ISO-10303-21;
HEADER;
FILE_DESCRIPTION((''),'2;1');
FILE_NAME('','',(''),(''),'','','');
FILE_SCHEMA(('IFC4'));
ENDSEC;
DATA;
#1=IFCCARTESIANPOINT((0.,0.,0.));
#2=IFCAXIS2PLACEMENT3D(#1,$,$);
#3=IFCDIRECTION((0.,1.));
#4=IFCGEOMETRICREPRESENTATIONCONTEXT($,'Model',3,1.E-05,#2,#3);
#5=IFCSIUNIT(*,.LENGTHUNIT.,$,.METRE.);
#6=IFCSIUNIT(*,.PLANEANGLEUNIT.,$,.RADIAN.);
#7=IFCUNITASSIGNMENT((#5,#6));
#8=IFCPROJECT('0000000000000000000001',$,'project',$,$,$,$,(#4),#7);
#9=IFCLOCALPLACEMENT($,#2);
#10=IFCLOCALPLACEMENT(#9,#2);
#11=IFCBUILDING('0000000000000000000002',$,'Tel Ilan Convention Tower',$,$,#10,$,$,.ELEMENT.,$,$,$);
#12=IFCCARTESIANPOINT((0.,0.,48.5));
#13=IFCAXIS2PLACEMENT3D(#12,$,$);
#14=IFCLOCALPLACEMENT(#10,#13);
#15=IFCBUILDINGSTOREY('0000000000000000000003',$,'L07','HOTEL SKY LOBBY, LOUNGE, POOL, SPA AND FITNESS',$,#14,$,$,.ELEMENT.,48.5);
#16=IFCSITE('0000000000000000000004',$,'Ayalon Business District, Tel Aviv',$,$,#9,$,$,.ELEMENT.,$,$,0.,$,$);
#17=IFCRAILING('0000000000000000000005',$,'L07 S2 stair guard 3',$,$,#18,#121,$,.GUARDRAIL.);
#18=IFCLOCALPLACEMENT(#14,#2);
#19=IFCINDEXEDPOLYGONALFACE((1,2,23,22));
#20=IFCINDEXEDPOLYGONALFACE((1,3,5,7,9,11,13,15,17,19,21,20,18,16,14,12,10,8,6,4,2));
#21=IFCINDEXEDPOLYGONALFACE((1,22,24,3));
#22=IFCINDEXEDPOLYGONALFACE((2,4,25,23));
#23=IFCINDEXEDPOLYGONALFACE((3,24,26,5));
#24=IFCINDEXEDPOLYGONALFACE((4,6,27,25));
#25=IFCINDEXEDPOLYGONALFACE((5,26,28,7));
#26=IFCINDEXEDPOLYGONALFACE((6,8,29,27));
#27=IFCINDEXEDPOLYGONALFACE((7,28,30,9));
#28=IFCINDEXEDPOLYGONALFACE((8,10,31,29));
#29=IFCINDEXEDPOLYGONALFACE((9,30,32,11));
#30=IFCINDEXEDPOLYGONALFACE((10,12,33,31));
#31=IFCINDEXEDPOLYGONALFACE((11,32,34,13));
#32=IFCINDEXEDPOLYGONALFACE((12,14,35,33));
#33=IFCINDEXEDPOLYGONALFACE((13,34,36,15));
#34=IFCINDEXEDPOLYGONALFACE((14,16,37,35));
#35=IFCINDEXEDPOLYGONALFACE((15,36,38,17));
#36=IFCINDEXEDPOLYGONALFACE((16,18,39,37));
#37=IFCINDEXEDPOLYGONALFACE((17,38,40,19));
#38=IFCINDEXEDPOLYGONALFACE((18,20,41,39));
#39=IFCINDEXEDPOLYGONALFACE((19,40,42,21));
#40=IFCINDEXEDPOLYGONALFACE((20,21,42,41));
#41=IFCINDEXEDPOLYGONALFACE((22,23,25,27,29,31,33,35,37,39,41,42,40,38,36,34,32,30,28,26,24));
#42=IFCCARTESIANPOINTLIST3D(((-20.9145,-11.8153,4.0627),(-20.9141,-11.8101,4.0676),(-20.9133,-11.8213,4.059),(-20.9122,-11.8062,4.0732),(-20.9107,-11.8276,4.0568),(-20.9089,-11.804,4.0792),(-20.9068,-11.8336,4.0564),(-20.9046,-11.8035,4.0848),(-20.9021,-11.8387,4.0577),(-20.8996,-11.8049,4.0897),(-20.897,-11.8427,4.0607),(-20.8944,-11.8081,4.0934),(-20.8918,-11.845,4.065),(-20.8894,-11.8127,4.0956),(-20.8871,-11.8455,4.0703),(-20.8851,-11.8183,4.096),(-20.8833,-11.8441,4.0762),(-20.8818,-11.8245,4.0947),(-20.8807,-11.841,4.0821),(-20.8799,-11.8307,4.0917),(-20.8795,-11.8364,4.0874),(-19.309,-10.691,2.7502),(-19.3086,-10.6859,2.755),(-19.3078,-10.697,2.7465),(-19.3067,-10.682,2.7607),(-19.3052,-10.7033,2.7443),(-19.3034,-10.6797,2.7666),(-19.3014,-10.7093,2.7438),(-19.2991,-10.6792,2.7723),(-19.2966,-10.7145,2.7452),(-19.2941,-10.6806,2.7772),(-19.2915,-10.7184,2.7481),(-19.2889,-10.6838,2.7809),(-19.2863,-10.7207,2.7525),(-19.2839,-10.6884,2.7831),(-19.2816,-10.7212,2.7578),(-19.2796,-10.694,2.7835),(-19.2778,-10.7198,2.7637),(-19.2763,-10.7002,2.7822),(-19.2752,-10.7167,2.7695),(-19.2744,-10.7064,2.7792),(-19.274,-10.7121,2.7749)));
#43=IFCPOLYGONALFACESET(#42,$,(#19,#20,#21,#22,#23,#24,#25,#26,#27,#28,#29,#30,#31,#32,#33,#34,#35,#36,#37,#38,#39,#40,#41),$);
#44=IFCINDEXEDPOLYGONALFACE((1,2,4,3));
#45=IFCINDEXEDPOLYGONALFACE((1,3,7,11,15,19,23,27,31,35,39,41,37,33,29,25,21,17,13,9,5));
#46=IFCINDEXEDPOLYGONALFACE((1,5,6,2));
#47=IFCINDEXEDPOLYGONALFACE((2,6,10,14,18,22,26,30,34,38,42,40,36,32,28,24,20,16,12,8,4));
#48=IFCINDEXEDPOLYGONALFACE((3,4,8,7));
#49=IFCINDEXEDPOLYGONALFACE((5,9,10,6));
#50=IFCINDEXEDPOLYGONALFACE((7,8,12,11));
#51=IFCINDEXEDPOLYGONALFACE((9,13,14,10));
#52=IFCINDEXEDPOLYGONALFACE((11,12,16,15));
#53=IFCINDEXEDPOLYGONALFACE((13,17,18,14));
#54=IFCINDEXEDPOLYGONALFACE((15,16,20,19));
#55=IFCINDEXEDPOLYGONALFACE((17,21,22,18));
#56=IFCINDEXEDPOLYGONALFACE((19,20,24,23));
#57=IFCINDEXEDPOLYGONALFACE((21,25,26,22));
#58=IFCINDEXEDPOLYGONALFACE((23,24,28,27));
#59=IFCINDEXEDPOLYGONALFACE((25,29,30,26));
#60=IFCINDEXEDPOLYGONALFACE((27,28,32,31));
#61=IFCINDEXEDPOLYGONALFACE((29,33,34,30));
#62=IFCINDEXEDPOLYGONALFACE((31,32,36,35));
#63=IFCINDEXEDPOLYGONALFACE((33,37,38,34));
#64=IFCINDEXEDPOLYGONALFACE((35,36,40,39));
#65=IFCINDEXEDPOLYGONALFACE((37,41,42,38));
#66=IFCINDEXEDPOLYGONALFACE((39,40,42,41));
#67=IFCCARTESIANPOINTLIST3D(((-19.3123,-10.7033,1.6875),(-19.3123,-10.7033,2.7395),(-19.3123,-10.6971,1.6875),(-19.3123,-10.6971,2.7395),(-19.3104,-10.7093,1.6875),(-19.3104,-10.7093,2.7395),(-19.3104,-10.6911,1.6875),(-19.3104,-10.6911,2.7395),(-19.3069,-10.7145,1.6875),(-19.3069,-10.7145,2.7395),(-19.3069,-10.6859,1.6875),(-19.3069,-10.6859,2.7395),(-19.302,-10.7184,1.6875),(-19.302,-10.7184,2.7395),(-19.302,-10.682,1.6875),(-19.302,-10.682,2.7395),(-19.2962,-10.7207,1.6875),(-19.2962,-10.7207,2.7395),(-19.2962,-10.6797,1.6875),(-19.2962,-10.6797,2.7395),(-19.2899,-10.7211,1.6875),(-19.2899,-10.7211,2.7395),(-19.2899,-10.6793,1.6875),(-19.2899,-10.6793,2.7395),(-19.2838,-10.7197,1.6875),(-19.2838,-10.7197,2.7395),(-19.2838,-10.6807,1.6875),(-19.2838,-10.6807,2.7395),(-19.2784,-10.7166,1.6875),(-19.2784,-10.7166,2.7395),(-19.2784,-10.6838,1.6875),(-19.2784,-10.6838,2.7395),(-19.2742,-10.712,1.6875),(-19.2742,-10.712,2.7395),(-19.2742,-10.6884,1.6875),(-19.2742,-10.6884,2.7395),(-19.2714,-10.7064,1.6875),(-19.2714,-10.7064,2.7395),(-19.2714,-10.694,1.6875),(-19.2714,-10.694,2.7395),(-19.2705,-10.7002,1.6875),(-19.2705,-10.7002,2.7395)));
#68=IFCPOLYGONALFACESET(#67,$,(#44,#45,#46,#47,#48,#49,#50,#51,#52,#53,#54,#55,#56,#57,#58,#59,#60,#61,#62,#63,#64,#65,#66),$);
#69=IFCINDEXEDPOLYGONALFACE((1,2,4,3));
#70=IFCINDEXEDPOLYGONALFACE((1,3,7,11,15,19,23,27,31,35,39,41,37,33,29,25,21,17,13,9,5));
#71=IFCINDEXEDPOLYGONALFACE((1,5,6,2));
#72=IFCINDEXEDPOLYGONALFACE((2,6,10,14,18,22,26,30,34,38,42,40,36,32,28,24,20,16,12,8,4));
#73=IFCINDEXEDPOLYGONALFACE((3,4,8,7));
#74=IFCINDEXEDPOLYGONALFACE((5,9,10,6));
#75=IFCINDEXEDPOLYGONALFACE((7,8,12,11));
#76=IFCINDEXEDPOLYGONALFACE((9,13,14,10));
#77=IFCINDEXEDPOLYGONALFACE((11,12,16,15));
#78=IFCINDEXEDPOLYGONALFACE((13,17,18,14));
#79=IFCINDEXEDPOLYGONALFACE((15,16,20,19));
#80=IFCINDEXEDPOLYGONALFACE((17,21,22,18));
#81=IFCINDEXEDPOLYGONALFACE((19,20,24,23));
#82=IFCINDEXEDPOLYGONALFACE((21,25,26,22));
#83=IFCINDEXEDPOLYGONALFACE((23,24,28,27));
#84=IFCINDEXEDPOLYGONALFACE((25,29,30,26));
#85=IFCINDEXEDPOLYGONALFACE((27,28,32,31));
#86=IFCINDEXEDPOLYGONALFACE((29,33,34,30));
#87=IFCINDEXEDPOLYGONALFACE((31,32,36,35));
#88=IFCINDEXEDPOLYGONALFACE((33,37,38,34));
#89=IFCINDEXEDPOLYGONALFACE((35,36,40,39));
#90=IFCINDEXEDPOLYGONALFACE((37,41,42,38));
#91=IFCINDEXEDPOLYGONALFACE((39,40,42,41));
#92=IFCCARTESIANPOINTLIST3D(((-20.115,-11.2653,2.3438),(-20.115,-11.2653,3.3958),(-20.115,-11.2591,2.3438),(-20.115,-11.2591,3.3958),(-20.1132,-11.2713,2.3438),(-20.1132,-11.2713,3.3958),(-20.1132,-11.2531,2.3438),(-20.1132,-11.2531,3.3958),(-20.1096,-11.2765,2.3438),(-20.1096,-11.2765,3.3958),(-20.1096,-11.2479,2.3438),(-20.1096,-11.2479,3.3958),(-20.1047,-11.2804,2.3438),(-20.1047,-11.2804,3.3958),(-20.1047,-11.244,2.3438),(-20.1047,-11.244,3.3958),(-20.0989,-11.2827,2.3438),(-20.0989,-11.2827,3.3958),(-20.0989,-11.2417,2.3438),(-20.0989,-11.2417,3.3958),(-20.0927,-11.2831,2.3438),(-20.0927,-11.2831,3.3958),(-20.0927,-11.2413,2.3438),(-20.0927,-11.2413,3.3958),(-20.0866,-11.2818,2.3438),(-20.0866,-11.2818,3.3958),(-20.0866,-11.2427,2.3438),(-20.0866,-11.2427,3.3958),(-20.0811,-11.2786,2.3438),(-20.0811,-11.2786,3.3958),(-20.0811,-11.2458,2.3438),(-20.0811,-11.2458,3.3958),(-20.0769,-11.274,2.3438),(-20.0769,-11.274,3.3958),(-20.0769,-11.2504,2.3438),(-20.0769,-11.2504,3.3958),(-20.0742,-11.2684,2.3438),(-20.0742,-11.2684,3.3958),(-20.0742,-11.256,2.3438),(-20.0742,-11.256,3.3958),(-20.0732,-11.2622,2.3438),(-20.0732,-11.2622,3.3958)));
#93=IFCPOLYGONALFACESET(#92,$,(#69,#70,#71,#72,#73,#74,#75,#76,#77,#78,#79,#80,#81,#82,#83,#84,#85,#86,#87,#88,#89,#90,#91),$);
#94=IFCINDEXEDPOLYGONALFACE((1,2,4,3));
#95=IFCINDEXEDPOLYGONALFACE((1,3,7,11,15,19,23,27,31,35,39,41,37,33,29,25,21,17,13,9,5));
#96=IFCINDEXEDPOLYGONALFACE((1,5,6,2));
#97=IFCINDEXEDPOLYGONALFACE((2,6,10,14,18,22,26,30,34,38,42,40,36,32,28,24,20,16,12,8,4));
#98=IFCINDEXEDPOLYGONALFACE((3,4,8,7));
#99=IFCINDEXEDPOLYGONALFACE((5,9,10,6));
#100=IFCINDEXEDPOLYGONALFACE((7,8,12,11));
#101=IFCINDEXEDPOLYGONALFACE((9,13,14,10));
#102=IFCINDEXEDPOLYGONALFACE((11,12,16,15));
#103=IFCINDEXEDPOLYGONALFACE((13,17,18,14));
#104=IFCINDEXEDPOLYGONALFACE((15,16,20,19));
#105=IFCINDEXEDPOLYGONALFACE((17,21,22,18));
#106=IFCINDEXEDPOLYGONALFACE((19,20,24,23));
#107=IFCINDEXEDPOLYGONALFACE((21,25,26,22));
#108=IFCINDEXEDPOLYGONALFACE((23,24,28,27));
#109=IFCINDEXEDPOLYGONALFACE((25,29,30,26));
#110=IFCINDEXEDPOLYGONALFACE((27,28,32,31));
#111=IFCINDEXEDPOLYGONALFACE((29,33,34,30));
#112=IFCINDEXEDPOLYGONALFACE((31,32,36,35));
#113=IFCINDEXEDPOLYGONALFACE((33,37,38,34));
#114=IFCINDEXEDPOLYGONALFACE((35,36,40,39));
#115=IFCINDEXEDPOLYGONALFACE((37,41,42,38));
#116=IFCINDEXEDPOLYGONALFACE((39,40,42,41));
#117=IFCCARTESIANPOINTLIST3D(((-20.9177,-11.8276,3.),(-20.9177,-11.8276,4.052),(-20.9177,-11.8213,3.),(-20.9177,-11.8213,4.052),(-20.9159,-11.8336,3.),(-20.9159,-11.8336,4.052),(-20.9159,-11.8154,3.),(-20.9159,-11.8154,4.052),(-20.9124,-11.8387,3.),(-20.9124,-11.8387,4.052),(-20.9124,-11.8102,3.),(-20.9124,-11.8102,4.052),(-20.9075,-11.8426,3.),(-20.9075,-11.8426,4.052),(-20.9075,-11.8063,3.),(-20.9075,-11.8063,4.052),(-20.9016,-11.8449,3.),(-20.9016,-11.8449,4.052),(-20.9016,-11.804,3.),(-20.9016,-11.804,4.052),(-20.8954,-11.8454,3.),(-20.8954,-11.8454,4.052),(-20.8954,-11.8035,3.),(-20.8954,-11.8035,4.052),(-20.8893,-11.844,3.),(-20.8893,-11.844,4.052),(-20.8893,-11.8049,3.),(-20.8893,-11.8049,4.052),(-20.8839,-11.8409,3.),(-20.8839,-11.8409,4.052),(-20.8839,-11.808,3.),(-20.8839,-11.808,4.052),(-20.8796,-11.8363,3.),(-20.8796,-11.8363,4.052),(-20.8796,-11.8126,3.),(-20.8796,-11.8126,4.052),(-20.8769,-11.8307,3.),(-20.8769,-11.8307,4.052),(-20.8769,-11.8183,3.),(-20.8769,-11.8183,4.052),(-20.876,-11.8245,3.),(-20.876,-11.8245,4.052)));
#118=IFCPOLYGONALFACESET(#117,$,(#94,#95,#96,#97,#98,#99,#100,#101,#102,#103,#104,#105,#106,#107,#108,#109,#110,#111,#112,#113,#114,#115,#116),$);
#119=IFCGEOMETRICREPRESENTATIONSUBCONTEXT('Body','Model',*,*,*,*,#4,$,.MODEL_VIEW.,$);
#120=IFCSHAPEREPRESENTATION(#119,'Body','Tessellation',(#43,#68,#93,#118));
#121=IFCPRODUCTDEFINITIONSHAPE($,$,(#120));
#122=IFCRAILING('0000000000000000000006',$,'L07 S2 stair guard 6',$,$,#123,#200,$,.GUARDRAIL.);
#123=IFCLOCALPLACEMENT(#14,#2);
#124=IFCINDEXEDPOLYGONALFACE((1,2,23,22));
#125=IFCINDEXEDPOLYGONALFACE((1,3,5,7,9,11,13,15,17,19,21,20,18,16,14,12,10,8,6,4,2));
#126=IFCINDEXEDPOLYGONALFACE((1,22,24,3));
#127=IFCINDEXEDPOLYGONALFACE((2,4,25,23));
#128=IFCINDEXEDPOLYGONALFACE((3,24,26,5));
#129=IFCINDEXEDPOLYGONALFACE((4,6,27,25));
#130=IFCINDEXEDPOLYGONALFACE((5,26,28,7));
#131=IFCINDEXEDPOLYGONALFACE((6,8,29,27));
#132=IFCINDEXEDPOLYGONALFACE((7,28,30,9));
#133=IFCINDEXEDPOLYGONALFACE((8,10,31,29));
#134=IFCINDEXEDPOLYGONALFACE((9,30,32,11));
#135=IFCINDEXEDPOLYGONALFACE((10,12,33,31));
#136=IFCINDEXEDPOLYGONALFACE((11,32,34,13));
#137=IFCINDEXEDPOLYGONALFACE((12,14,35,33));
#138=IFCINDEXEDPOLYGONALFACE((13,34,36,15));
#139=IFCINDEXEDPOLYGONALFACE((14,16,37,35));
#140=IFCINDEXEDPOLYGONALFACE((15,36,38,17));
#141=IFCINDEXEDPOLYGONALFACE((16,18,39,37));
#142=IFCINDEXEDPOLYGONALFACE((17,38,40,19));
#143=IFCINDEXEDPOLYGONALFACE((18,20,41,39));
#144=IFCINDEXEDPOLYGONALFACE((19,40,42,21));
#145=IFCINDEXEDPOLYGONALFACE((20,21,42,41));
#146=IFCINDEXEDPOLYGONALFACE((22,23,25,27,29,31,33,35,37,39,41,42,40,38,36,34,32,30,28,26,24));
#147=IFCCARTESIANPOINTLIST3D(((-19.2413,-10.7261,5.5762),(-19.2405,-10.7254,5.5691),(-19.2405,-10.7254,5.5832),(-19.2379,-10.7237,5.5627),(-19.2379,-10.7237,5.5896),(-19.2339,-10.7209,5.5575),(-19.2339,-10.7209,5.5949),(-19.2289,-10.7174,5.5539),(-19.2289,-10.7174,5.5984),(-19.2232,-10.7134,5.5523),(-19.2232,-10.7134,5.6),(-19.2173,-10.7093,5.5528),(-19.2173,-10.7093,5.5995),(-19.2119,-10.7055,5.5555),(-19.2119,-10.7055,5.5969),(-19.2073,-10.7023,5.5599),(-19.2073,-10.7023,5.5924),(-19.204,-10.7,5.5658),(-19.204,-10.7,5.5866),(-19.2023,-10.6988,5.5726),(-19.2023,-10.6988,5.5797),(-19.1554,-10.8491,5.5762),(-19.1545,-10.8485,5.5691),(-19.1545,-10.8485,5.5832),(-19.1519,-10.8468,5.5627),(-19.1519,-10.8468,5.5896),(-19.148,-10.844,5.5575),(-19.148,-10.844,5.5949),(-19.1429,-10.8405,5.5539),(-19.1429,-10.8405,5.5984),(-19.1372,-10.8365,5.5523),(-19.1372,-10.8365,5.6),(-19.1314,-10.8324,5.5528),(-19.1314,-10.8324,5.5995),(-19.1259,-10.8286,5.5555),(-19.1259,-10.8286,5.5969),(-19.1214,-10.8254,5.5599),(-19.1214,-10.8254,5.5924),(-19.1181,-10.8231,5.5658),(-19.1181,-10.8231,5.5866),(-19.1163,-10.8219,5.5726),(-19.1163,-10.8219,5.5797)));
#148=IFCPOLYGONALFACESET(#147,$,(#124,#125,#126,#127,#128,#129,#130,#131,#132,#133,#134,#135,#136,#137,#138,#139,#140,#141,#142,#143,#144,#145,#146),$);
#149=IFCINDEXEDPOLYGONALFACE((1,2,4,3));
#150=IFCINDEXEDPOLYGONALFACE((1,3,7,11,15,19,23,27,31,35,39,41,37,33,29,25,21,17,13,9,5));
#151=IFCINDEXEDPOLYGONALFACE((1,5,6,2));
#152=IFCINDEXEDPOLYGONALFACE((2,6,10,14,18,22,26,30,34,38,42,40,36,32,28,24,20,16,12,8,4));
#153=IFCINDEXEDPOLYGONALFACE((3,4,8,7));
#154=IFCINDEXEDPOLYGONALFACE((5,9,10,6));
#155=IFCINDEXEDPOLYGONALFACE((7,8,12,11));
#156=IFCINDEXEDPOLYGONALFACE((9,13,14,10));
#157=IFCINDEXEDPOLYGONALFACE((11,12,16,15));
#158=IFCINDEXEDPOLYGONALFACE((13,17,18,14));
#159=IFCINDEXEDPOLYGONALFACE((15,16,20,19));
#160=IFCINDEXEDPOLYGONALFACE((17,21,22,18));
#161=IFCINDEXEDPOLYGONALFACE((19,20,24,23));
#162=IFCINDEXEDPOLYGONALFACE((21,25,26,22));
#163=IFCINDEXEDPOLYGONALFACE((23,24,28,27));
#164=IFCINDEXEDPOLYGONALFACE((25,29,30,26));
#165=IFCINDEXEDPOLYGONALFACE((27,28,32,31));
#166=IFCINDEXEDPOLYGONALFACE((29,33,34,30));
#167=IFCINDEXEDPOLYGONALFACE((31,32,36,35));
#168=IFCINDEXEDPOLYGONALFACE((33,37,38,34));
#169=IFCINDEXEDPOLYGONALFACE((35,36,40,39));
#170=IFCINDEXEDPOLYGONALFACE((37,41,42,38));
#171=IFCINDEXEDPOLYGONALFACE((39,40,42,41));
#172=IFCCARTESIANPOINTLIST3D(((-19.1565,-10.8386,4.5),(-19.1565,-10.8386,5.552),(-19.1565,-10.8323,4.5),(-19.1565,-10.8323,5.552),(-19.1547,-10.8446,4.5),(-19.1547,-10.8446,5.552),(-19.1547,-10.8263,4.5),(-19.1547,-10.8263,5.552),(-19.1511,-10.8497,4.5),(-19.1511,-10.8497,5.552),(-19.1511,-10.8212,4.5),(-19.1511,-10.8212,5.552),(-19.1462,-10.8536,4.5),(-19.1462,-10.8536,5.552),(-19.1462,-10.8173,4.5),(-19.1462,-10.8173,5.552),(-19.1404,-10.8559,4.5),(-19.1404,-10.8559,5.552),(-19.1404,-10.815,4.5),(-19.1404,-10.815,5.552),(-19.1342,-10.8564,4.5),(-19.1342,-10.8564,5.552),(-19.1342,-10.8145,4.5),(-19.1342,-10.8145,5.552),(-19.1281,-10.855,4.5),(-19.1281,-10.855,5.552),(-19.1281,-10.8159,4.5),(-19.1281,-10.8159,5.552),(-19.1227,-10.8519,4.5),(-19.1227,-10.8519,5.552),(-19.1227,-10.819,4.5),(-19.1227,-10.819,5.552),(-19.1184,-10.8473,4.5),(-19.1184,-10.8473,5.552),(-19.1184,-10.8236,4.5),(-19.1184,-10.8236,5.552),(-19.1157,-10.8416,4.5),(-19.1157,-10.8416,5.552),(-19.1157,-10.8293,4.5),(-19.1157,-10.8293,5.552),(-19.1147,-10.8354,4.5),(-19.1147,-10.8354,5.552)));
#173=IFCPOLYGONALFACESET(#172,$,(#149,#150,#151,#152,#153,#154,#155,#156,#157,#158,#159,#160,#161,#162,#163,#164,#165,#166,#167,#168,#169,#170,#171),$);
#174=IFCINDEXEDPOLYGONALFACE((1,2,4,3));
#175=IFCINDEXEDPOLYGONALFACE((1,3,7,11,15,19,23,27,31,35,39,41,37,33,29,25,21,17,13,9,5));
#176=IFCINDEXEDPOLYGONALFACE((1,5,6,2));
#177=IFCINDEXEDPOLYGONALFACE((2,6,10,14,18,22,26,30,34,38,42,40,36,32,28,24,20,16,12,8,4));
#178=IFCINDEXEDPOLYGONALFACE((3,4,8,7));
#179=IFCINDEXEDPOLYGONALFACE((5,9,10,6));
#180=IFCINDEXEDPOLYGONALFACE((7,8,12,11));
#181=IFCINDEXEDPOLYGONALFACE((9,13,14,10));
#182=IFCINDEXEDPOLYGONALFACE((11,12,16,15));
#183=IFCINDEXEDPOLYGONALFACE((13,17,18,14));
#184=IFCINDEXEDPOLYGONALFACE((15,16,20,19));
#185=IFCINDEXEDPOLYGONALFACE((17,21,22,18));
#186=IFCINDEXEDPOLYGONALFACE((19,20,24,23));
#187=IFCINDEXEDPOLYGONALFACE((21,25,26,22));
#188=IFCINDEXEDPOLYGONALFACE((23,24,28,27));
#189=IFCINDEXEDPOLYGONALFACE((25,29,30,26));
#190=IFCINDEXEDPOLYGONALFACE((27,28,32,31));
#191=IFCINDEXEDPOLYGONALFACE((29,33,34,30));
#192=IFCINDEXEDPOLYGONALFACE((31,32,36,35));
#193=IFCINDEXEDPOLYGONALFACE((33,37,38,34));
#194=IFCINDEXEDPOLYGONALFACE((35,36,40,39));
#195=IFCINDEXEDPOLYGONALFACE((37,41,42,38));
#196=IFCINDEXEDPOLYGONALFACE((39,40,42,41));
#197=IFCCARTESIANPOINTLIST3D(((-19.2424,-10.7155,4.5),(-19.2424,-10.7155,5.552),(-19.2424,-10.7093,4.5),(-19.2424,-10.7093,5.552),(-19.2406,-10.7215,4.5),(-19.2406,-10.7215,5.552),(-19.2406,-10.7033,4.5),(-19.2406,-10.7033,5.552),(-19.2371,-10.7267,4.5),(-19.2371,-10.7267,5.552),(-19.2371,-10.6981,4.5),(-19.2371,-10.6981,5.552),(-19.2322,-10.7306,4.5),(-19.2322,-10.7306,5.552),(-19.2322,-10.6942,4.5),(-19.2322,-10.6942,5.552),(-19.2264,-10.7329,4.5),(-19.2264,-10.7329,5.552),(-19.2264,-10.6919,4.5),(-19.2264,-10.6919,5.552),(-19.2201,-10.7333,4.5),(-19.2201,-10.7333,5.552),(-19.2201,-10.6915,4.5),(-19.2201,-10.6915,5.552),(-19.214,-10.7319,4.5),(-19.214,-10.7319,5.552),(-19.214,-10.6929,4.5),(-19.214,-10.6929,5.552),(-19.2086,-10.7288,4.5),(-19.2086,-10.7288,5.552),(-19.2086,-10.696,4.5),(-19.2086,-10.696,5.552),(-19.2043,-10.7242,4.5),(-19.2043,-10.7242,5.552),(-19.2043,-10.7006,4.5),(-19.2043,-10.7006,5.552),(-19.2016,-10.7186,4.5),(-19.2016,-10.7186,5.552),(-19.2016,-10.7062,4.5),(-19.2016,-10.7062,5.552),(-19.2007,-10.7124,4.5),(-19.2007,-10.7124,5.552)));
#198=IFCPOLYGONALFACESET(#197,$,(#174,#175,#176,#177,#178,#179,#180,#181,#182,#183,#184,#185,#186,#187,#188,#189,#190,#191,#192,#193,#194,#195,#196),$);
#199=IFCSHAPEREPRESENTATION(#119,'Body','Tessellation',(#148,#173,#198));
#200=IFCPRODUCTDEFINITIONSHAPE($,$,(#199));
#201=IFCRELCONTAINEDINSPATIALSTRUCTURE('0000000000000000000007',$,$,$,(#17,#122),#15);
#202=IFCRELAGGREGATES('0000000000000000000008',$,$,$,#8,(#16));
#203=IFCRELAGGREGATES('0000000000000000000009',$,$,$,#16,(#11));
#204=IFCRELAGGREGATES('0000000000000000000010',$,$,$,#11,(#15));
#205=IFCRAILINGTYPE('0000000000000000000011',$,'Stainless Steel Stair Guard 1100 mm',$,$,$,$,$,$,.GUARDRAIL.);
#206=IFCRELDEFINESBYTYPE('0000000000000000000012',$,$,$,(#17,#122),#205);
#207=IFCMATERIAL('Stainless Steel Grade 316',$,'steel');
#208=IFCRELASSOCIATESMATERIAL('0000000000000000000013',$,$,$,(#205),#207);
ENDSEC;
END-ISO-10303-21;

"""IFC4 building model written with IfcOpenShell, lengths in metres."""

from ifc_helpers import new_model, si_unit, direction, frame, origin, origin_2d, place, context, subcontext, project, spatial, circle, extrude, material, type_object, element, save


model = new_model("IFC4")

# Units and contexts
model_context = context("Model", 3, precision=1e-05, world=origin(), true_north=direction((0.0, 1.0)))
body_context = subcontext(model_context, "Body", "Model", "MODEL_VIEW")
ifc_project = project(units=[si_unit("LENGTHUNIT", "METRE"), si_unit("PLANEANGLEUNIT", "RADIAN")], contexts=[model_context])

# Site, building, storey
site_placement = place(None, origin())
site = spatial("IfcSite", under=ifc_project, at=site_placement, Name="Ayalon Business District, Tel Aviv", CompositionType="ELEMENT", RefElevation=0.0)
building_placement = place(site_placement, origin())
building = spatial("IfcBuilding", under=site, at=building_placement, Name="Tel Ilan Convention Tower", CompositionType="ELEMENT")
storey_placement = place(building_placement, frame((0.0, 0.0, 48.5)))
storey = spatial("IfcBuildingStorey", under=building, at=storey_placement, Name="L07", Description="HOTEL SKY LOBBY, LOUNGE, POOL, SPA AND FITNESS", CompositionType="ELEMENT", Elevation=48.5)

# Railings
ifc_material_1 = material(Name="Stainless Steel Grade 316", Category="steel")
railing_type_1 = type_object("IfcRailingType", Name="Stainless Steel Stair Guard 1100 mm", PredefinedType="GUARDRAIL", material=ifc_material_1)
railing_1_placement = place(storey_placement, frame((-19.2915, -10.7002, 1.6875)))
element("IfcRailing", 1, at=railing_1_placement, inside=storey, type_object=railing_type_1, Name="L07 S2 stair guard 3", PredefinedType="GUARDRAIL", context=body_context, shape_type="SweptSolid", body=[
    extrude(circle(Radius=0.0239, at=origin_2d()), frame((0.0, 0.0, 1.0762), z_axis=(-0.680616, -0.476617, 0.556416), x_axis=(0.573613, -0.819127, 0.0)), (0.0, 0.0, 1.0), 2.3589),
    extrude(circle(Radius=0.021, at=origin_2d()), origin(), (0.0, 0.0, 1.0), 1.052),
    extrude(circle(Radius=0.021, at=origin_2d()), frame((-0.8027, -0.562, 0.6562)), (0.0, 0.0, 1.0), 1.052),
    extrude(circle(Radius=0.021, at=origin_2d()), frame((-1.6055, -1.1243, 1.3125)), (0.0, 0.0, 1.0), 1.052),
])
railing_2_placement = place(storey_placement, frame((-19.1357, -10.8354, 4.5)))
element("IfcRailing", 2, at=railing_2_placement, inside=storey, type_object=railing_type_1, Name="L07 S2 stair guard 6", PredefinedType="GUARDRAIL", context=body_context, shape_type="SweptSolid", body=[
    extrude(circle(Radius=0.0239, at=origin_2d()), frame((0.0, 0.0, 1.0762), z_axis=(-0.572589, 0.819843, 0.0), x_axis=(-0.819843, -0.572589, 0.0)), (0.0, 0.0, 1.0), 0.1501),
    extrude(circle(Radius=0.021, at=origin_2d()), origin(), (0.0, 0.0, 1.0), 1.052),
    extrude(circle(Radius=0.021, at=origin_2d()), frame((-0.0859, 0.123, 0.0)), (0.0, 0.0, 1.0), 1.052),
])

save(model, "model.ifc")
